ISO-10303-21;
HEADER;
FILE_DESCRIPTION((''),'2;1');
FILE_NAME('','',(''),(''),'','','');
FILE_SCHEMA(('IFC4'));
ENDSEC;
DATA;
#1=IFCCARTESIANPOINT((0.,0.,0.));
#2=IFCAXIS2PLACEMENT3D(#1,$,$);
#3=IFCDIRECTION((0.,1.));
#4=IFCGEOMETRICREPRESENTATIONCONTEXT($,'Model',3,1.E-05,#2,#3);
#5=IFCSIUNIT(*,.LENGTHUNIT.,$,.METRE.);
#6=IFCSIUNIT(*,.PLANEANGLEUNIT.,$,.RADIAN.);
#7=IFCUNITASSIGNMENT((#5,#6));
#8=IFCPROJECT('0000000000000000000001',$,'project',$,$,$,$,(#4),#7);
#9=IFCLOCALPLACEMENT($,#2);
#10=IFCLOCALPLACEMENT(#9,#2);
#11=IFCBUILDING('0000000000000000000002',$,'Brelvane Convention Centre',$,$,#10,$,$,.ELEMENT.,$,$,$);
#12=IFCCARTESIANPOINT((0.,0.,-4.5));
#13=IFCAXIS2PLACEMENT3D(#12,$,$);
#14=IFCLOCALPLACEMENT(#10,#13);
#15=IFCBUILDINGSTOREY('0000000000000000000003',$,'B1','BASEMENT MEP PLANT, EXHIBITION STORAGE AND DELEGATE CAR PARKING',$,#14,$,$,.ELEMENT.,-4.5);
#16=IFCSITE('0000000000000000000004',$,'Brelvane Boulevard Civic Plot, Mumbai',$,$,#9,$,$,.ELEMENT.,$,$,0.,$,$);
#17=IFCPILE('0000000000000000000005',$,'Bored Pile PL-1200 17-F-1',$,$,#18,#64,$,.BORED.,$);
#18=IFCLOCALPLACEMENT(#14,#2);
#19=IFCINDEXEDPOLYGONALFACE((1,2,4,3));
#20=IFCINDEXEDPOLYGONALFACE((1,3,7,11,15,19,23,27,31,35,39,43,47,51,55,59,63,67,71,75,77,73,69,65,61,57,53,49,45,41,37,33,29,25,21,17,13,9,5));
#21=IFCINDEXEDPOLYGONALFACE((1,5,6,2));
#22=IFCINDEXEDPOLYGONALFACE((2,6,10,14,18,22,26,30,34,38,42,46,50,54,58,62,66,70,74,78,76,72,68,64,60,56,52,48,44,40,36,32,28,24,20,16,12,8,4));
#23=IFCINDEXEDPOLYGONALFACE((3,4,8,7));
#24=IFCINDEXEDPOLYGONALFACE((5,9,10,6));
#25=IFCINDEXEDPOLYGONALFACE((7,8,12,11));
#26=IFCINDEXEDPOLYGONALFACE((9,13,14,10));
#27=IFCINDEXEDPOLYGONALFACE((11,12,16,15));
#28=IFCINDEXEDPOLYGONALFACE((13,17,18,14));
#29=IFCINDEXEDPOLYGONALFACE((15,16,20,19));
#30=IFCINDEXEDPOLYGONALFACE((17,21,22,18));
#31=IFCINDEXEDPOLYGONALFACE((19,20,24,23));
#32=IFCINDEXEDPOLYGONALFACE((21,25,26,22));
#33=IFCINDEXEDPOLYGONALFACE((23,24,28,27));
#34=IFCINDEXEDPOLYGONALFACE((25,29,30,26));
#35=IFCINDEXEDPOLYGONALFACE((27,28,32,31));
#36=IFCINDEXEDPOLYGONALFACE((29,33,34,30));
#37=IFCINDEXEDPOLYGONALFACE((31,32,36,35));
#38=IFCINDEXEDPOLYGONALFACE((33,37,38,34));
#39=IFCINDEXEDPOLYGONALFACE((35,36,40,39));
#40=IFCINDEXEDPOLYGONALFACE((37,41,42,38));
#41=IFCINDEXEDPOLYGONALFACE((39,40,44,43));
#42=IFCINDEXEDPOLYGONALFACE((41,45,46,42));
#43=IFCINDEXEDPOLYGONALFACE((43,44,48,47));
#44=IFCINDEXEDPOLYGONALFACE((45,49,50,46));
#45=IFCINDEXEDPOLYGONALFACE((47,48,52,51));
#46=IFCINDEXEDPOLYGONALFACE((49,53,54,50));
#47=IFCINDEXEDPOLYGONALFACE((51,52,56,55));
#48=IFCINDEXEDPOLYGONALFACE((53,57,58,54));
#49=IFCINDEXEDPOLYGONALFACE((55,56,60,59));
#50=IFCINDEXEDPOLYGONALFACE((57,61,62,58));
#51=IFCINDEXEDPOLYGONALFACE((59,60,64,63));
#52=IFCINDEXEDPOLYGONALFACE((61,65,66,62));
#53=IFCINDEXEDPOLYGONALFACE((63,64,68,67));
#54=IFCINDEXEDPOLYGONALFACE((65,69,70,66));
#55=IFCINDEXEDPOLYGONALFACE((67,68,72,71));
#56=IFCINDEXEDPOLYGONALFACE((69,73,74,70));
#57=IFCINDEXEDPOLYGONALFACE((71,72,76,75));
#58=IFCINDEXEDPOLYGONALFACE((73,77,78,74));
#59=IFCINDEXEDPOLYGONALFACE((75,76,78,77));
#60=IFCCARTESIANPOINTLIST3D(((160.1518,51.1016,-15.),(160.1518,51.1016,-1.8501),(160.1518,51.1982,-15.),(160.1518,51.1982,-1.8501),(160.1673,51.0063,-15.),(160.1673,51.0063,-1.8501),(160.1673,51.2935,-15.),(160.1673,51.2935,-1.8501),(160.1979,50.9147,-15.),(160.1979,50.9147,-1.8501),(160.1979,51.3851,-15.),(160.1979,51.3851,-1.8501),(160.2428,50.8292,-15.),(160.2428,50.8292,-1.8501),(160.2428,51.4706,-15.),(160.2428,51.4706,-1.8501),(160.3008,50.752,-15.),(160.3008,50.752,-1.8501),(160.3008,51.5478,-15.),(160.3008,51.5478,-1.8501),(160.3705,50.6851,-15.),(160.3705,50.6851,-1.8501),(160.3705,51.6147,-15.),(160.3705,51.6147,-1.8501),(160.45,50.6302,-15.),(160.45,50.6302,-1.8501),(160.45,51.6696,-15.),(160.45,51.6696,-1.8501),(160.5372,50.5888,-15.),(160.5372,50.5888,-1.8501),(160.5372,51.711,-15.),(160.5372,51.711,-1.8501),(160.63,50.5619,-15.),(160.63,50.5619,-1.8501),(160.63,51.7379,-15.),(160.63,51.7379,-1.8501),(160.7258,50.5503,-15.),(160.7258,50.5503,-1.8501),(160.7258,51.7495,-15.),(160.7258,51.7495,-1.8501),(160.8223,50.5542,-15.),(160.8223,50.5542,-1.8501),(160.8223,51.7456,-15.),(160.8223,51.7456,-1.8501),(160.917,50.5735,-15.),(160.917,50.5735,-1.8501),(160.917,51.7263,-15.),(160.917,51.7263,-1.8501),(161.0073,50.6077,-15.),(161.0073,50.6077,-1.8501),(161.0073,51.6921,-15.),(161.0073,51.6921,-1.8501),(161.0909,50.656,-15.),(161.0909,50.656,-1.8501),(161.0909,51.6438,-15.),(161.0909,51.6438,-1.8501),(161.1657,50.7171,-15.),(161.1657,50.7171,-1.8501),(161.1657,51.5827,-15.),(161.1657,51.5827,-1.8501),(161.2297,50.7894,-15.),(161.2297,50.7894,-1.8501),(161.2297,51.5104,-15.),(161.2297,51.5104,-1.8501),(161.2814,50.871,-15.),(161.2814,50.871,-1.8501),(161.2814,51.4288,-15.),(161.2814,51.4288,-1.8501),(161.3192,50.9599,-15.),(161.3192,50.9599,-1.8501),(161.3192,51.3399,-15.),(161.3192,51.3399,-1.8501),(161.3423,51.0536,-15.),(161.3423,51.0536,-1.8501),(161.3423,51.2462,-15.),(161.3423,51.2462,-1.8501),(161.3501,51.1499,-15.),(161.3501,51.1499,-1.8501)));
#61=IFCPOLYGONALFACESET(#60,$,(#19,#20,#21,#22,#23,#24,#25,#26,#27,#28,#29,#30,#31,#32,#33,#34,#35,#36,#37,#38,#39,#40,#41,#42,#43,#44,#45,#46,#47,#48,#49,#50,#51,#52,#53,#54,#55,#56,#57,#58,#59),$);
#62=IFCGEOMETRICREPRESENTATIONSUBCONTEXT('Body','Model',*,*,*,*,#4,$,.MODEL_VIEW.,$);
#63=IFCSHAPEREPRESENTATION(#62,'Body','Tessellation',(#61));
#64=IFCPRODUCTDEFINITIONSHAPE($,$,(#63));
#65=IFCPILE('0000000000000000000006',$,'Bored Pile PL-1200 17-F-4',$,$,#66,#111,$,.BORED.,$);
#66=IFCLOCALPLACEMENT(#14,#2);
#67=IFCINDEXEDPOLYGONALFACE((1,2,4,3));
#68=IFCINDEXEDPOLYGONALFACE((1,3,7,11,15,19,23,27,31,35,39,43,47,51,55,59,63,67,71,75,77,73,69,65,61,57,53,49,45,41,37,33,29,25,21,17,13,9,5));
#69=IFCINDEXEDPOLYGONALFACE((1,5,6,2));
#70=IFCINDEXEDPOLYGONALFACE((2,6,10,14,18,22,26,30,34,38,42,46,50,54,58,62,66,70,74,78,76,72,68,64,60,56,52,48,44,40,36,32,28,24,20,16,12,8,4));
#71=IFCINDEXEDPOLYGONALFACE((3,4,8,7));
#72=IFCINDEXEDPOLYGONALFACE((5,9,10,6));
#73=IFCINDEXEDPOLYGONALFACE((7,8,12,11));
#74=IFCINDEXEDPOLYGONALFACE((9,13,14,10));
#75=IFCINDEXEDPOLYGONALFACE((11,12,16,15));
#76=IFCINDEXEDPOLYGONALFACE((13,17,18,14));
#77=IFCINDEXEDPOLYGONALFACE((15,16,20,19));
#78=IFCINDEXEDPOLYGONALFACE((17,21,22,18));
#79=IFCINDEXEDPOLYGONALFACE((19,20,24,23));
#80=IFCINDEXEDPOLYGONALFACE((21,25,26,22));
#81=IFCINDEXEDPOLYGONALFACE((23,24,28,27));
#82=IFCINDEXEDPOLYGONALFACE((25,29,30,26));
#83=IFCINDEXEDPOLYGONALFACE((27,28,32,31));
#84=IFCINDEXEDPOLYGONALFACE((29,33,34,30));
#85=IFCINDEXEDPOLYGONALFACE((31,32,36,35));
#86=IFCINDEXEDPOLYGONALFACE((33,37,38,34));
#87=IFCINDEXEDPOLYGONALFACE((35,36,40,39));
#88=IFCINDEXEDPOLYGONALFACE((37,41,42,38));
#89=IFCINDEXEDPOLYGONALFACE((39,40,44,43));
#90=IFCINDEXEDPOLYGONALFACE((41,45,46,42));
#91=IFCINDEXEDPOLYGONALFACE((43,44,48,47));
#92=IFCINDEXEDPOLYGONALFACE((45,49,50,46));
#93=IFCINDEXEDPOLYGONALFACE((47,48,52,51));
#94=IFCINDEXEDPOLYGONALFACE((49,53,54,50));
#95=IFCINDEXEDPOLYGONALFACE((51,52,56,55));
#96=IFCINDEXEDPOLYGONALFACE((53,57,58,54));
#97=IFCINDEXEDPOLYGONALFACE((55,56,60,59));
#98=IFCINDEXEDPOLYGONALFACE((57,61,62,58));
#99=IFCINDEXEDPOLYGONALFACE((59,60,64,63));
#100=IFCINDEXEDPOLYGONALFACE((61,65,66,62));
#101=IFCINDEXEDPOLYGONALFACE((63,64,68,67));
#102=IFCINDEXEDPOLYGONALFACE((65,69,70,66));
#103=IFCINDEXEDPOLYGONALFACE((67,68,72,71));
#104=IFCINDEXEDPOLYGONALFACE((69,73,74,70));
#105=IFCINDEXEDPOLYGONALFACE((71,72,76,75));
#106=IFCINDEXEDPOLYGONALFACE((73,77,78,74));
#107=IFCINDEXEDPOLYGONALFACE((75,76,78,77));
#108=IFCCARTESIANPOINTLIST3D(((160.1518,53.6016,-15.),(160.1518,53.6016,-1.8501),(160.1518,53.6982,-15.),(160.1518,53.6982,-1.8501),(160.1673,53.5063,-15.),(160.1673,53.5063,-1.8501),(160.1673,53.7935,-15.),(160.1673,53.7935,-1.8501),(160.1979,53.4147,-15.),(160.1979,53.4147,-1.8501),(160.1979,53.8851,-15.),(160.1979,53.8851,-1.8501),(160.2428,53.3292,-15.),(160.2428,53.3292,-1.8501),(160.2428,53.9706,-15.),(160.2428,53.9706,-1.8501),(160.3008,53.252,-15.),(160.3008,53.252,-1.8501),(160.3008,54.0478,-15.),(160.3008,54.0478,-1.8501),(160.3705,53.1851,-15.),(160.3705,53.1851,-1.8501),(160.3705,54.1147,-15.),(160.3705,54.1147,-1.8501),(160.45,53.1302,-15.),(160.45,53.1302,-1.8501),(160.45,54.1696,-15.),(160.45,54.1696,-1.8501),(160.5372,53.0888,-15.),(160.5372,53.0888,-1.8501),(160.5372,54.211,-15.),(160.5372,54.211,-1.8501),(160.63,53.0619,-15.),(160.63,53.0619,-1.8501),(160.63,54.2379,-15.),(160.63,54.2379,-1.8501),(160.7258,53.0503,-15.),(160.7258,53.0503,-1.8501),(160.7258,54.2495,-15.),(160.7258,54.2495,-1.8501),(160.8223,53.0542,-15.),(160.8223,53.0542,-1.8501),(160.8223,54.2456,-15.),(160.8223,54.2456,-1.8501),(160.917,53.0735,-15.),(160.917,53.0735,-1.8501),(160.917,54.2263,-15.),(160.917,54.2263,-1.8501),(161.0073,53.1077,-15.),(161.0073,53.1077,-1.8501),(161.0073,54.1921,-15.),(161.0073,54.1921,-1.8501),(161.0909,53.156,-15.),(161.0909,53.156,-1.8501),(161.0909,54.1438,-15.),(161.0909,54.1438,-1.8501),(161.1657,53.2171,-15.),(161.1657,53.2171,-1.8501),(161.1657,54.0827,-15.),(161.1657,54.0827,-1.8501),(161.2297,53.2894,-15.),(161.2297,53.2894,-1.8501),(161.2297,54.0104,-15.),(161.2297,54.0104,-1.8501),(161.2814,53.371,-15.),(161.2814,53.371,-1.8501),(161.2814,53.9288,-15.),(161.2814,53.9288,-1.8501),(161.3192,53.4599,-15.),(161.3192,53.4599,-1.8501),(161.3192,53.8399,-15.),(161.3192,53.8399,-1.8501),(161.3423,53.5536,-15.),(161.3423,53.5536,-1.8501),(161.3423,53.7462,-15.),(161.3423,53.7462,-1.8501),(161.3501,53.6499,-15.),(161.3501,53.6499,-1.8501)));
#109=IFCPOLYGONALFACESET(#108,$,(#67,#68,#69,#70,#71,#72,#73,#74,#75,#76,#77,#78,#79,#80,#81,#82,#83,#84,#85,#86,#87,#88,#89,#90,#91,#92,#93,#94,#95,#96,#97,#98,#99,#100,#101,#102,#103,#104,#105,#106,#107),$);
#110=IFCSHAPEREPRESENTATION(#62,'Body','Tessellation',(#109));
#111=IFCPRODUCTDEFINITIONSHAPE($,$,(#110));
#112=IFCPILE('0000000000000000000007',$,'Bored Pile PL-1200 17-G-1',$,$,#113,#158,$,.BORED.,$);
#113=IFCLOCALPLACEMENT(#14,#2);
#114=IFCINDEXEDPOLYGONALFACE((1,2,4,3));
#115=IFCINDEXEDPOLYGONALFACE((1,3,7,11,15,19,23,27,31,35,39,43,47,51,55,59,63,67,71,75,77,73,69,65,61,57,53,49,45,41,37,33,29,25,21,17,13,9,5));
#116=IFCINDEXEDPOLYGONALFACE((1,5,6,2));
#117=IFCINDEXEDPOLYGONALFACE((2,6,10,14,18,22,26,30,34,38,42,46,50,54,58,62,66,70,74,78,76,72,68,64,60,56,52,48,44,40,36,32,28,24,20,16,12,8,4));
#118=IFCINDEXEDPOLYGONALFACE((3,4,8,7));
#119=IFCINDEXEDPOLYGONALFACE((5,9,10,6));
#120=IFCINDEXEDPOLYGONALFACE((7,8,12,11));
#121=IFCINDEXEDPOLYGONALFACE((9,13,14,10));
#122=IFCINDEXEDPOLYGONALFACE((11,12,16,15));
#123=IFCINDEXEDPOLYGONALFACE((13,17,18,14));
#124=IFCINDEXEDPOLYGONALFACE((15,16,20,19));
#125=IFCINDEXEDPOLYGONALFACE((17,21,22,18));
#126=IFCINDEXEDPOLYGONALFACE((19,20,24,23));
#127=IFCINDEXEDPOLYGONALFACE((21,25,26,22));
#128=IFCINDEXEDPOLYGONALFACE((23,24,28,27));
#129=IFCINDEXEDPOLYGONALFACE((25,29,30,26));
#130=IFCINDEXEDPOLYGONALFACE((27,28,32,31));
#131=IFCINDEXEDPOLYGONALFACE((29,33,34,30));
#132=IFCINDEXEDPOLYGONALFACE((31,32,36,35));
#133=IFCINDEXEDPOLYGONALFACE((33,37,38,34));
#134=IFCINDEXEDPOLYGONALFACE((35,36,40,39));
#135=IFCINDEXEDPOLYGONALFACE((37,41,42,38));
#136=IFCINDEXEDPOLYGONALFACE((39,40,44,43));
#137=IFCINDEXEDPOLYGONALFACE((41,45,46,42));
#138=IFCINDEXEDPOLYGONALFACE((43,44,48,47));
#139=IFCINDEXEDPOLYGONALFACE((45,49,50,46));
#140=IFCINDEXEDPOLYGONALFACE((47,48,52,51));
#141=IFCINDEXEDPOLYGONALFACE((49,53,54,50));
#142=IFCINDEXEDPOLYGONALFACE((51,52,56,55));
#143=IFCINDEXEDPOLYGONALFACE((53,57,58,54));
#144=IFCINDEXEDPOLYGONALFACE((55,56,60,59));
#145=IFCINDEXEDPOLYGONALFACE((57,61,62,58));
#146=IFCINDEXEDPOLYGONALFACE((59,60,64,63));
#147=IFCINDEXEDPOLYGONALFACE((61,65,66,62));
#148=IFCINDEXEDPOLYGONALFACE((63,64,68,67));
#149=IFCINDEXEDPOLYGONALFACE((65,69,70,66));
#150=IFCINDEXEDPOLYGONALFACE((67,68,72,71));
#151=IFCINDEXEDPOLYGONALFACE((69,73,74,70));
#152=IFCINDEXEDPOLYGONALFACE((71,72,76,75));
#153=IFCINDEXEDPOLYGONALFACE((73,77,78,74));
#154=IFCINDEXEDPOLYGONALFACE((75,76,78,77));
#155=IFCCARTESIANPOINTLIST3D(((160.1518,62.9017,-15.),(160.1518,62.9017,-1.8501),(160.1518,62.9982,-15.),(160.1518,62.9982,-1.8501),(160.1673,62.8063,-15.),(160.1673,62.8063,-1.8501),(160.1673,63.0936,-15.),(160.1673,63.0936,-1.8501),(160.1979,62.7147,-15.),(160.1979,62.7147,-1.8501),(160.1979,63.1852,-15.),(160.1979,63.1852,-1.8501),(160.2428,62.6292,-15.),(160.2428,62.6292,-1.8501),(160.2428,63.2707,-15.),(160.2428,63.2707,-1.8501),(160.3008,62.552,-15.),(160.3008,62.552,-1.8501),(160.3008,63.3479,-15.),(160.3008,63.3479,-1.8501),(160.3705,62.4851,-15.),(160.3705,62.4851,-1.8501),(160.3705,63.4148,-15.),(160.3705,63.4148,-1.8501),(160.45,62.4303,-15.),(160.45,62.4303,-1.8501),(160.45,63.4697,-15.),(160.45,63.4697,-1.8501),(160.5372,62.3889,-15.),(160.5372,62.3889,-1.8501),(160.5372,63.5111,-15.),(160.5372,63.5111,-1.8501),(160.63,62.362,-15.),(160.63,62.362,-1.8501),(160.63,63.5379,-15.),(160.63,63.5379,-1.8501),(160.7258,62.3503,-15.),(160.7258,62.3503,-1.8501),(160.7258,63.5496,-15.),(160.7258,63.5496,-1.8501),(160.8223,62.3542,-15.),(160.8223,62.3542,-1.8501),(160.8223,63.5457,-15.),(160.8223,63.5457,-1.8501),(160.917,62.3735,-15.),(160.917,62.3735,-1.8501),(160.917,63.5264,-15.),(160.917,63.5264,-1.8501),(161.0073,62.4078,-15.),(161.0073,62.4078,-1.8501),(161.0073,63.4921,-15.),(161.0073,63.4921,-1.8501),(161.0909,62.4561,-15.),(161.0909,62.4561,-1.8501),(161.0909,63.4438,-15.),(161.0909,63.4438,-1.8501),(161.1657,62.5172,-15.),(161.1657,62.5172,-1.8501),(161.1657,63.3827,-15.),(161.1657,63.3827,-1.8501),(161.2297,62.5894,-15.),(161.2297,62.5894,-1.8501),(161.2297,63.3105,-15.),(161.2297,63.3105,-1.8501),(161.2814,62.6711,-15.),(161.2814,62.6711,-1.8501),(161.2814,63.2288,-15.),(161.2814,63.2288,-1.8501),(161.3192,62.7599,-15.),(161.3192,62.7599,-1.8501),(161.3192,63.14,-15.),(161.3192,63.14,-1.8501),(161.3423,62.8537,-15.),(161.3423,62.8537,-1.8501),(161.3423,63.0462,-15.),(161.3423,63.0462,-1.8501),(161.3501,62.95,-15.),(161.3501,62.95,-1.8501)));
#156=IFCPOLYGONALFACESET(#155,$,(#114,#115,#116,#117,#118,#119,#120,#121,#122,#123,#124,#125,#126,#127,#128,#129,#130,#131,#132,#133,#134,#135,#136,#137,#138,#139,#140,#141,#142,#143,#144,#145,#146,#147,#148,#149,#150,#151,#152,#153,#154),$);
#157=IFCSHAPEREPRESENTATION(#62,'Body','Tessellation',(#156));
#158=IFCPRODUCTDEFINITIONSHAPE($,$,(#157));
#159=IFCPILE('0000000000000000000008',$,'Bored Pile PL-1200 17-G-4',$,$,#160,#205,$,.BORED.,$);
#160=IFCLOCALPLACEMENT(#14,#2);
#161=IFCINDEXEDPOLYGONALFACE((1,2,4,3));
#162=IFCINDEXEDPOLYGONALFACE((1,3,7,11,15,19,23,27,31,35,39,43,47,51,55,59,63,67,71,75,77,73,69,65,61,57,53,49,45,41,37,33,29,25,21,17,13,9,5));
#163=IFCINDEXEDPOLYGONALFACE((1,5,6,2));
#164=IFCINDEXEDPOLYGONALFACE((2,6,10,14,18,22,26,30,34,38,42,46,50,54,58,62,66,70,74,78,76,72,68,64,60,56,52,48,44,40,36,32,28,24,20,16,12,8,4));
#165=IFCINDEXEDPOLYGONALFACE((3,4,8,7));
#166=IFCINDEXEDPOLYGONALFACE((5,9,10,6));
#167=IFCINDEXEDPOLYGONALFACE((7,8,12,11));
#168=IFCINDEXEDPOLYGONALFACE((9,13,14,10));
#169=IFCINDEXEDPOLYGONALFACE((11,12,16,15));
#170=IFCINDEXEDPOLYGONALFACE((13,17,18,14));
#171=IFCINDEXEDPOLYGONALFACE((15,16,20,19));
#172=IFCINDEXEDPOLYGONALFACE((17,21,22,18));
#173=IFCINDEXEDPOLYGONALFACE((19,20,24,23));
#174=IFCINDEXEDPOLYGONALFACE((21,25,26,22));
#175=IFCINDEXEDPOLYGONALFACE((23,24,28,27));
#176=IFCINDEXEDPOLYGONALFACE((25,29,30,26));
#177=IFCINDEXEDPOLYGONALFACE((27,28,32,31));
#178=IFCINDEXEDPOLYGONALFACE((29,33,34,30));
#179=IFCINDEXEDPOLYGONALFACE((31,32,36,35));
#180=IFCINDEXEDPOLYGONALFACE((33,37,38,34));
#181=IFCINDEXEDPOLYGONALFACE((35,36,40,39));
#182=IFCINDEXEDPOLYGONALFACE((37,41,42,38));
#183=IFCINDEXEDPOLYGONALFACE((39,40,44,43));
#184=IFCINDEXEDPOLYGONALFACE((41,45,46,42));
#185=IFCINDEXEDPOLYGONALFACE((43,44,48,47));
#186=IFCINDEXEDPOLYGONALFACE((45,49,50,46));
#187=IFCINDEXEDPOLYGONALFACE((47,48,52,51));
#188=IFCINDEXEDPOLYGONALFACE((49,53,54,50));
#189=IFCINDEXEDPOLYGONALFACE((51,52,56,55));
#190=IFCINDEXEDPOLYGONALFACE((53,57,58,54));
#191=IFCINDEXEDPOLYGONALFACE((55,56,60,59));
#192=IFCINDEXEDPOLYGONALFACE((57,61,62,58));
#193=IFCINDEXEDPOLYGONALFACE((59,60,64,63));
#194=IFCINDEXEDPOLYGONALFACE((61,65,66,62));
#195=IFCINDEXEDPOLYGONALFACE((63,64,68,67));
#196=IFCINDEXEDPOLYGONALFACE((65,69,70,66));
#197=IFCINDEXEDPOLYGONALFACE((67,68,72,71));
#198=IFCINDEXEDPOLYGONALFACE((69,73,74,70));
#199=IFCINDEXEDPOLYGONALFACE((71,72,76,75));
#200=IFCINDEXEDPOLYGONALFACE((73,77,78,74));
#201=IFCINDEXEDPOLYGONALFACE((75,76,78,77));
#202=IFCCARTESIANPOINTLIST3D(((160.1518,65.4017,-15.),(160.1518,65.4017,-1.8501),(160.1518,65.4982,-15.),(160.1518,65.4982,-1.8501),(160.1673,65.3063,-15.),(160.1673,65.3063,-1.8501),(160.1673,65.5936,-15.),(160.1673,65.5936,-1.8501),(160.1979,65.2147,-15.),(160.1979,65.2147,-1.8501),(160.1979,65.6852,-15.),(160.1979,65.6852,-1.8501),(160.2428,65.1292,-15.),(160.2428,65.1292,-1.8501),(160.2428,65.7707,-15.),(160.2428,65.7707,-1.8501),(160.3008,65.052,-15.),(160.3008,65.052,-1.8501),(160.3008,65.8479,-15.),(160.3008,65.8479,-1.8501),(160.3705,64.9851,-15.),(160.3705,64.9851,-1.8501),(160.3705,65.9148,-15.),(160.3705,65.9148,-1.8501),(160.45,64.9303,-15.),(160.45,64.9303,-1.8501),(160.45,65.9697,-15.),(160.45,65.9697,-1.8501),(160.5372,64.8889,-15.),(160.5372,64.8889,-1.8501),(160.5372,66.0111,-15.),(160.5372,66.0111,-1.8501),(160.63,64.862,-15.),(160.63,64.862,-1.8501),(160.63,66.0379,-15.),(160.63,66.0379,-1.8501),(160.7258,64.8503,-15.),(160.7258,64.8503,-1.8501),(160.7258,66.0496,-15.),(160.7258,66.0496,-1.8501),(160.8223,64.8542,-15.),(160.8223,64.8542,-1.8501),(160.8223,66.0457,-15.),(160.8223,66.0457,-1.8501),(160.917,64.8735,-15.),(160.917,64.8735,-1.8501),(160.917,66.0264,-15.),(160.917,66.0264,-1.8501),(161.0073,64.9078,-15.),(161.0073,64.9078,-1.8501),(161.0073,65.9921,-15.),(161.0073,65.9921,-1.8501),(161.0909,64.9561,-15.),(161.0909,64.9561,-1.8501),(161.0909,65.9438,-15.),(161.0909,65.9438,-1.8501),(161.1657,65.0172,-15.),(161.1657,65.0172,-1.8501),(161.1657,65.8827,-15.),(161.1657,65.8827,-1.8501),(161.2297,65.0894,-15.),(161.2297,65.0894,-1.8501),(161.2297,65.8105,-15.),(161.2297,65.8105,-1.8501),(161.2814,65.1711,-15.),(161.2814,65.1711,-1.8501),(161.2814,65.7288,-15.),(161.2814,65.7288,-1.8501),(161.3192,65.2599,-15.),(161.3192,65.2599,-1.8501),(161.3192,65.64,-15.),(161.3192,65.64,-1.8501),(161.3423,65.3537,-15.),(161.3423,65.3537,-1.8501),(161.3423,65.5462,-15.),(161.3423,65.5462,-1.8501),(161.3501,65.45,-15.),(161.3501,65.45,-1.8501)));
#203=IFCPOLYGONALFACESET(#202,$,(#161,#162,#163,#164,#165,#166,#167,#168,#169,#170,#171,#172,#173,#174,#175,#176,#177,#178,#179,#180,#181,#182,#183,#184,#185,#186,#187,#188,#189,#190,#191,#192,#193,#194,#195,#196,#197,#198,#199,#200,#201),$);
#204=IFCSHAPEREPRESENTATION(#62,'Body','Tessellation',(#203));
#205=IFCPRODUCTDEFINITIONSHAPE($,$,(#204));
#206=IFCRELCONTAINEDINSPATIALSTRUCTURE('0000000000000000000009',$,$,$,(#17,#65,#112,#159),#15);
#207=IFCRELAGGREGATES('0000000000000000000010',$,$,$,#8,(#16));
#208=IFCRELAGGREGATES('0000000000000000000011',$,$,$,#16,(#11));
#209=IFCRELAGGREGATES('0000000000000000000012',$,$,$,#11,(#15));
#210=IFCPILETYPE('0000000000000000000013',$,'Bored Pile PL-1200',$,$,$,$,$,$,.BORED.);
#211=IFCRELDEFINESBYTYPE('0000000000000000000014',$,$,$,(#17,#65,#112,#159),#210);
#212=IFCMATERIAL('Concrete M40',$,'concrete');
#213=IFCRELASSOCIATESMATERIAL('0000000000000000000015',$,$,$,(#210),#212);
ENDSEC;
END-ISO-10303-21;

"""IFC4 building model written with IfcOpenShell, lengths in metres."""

from ifc_helpers import new_model, si_unit, direction, frame, origin, origin_2d, place, context, subcontext, project, spatial, circle, extrude, material, material_profile, profile_set, type_object, element, save


model = new_model("IFC4")

# Units and contexts
model_context = context("Model", 3, precision=1e-05, world=origin(), true_north=direction((0.0, 1.0)))
body_context = subcontext(model_context, "Body", "Model", "MODEL_VIEW")
ifc_project = project(units=[si_unit("LENGTHUNIT", "METRE"), si_unit("PLANEANGLEUNIT", "RADIAN")], contexts=[model_context])

# Site, building, storey
site_placement = place(None, origin())
site = spatial("IfcSite", under=ifc_project, at=site_placement, Name="Brelvane Boulevard Civic Plot, Mumbai", CompositionType="ELEMENT", RefElevation=0.0)
building_placement = place(site_placement, origin())
building = spatial("IfcBuilding", under=site, at=building_placement, Name="Brelvane Convention Centre", CompositionType="ELEMENT")
storey_placement = place(building_placement, frame((0.0, 0.0, -4.5)))
storey = spatial("IfcBuildingStorey", under=building, at=storey_placement, Name="B1", Description="BASEMENT MEP PLANT, EXHIBITION STORAGE AND DELEGATE CAR PARKING", CompositionType="ELEMENT", Elevation=-4.5)

# Piles
ifc_material_1 = material(Name="Concrete M40", Category="concrete")
ifc_material_profile_1 = material_profile(ifc_material_1, circle(Radius=0.6001, at=origin_2d()), Name="PILE D1200")
ifc_profile_set_1 = profile_set([ifc_material_profile_1], Name="Concrete M40")
pile_type_1 = type_object("IfcPileType", Name="Bored Pile PL-1200", PredefinedType="BORED", material=ifc_profile_set_1)
for number, where, z_axis, x_axis, name in (
    (1, (160.75, 51.1499, -1.8501), (0.0, 0.0, -1.0), (1.0, 0.0, 0.0), "Bored Pile PL-1200 17-F-1"),
    (2, (160.75, 53.6499, -1.8501), (0.0, 0.0, -1.0), (1.0, 0.0, 0.0), "Bored Pile PL-1200 17-F-4"),
    (3, (160.75, 62.95, -1.8501), (0.0, 0.0, -1.0), (1.0, 0.0, 0.0), "Bored Pile PL-1200 17-G-1"),
    (4, (160.75, 65.45, -1.8501), (0.0, 0.0, -1.0), (1.0, 0.0, 0.0), "Bored Pile PL-1200 17-G-4"),
):
    element("IfcPile", number, at=place(storey_placement, frame(where, z_axis=z_axis, x_axis=x_axis)), inside=storey, type_object=pile_type_1, Name=name, PredefinedType="BORED", context=body_context, shape_type="SweptSolid", body=[
        extrude(circle(Radius=0.6001, at=origin_2d()), origin(), (0.0, 0.0, 1.0), 13.1499),
    ])

save(model, "model.ifc")
